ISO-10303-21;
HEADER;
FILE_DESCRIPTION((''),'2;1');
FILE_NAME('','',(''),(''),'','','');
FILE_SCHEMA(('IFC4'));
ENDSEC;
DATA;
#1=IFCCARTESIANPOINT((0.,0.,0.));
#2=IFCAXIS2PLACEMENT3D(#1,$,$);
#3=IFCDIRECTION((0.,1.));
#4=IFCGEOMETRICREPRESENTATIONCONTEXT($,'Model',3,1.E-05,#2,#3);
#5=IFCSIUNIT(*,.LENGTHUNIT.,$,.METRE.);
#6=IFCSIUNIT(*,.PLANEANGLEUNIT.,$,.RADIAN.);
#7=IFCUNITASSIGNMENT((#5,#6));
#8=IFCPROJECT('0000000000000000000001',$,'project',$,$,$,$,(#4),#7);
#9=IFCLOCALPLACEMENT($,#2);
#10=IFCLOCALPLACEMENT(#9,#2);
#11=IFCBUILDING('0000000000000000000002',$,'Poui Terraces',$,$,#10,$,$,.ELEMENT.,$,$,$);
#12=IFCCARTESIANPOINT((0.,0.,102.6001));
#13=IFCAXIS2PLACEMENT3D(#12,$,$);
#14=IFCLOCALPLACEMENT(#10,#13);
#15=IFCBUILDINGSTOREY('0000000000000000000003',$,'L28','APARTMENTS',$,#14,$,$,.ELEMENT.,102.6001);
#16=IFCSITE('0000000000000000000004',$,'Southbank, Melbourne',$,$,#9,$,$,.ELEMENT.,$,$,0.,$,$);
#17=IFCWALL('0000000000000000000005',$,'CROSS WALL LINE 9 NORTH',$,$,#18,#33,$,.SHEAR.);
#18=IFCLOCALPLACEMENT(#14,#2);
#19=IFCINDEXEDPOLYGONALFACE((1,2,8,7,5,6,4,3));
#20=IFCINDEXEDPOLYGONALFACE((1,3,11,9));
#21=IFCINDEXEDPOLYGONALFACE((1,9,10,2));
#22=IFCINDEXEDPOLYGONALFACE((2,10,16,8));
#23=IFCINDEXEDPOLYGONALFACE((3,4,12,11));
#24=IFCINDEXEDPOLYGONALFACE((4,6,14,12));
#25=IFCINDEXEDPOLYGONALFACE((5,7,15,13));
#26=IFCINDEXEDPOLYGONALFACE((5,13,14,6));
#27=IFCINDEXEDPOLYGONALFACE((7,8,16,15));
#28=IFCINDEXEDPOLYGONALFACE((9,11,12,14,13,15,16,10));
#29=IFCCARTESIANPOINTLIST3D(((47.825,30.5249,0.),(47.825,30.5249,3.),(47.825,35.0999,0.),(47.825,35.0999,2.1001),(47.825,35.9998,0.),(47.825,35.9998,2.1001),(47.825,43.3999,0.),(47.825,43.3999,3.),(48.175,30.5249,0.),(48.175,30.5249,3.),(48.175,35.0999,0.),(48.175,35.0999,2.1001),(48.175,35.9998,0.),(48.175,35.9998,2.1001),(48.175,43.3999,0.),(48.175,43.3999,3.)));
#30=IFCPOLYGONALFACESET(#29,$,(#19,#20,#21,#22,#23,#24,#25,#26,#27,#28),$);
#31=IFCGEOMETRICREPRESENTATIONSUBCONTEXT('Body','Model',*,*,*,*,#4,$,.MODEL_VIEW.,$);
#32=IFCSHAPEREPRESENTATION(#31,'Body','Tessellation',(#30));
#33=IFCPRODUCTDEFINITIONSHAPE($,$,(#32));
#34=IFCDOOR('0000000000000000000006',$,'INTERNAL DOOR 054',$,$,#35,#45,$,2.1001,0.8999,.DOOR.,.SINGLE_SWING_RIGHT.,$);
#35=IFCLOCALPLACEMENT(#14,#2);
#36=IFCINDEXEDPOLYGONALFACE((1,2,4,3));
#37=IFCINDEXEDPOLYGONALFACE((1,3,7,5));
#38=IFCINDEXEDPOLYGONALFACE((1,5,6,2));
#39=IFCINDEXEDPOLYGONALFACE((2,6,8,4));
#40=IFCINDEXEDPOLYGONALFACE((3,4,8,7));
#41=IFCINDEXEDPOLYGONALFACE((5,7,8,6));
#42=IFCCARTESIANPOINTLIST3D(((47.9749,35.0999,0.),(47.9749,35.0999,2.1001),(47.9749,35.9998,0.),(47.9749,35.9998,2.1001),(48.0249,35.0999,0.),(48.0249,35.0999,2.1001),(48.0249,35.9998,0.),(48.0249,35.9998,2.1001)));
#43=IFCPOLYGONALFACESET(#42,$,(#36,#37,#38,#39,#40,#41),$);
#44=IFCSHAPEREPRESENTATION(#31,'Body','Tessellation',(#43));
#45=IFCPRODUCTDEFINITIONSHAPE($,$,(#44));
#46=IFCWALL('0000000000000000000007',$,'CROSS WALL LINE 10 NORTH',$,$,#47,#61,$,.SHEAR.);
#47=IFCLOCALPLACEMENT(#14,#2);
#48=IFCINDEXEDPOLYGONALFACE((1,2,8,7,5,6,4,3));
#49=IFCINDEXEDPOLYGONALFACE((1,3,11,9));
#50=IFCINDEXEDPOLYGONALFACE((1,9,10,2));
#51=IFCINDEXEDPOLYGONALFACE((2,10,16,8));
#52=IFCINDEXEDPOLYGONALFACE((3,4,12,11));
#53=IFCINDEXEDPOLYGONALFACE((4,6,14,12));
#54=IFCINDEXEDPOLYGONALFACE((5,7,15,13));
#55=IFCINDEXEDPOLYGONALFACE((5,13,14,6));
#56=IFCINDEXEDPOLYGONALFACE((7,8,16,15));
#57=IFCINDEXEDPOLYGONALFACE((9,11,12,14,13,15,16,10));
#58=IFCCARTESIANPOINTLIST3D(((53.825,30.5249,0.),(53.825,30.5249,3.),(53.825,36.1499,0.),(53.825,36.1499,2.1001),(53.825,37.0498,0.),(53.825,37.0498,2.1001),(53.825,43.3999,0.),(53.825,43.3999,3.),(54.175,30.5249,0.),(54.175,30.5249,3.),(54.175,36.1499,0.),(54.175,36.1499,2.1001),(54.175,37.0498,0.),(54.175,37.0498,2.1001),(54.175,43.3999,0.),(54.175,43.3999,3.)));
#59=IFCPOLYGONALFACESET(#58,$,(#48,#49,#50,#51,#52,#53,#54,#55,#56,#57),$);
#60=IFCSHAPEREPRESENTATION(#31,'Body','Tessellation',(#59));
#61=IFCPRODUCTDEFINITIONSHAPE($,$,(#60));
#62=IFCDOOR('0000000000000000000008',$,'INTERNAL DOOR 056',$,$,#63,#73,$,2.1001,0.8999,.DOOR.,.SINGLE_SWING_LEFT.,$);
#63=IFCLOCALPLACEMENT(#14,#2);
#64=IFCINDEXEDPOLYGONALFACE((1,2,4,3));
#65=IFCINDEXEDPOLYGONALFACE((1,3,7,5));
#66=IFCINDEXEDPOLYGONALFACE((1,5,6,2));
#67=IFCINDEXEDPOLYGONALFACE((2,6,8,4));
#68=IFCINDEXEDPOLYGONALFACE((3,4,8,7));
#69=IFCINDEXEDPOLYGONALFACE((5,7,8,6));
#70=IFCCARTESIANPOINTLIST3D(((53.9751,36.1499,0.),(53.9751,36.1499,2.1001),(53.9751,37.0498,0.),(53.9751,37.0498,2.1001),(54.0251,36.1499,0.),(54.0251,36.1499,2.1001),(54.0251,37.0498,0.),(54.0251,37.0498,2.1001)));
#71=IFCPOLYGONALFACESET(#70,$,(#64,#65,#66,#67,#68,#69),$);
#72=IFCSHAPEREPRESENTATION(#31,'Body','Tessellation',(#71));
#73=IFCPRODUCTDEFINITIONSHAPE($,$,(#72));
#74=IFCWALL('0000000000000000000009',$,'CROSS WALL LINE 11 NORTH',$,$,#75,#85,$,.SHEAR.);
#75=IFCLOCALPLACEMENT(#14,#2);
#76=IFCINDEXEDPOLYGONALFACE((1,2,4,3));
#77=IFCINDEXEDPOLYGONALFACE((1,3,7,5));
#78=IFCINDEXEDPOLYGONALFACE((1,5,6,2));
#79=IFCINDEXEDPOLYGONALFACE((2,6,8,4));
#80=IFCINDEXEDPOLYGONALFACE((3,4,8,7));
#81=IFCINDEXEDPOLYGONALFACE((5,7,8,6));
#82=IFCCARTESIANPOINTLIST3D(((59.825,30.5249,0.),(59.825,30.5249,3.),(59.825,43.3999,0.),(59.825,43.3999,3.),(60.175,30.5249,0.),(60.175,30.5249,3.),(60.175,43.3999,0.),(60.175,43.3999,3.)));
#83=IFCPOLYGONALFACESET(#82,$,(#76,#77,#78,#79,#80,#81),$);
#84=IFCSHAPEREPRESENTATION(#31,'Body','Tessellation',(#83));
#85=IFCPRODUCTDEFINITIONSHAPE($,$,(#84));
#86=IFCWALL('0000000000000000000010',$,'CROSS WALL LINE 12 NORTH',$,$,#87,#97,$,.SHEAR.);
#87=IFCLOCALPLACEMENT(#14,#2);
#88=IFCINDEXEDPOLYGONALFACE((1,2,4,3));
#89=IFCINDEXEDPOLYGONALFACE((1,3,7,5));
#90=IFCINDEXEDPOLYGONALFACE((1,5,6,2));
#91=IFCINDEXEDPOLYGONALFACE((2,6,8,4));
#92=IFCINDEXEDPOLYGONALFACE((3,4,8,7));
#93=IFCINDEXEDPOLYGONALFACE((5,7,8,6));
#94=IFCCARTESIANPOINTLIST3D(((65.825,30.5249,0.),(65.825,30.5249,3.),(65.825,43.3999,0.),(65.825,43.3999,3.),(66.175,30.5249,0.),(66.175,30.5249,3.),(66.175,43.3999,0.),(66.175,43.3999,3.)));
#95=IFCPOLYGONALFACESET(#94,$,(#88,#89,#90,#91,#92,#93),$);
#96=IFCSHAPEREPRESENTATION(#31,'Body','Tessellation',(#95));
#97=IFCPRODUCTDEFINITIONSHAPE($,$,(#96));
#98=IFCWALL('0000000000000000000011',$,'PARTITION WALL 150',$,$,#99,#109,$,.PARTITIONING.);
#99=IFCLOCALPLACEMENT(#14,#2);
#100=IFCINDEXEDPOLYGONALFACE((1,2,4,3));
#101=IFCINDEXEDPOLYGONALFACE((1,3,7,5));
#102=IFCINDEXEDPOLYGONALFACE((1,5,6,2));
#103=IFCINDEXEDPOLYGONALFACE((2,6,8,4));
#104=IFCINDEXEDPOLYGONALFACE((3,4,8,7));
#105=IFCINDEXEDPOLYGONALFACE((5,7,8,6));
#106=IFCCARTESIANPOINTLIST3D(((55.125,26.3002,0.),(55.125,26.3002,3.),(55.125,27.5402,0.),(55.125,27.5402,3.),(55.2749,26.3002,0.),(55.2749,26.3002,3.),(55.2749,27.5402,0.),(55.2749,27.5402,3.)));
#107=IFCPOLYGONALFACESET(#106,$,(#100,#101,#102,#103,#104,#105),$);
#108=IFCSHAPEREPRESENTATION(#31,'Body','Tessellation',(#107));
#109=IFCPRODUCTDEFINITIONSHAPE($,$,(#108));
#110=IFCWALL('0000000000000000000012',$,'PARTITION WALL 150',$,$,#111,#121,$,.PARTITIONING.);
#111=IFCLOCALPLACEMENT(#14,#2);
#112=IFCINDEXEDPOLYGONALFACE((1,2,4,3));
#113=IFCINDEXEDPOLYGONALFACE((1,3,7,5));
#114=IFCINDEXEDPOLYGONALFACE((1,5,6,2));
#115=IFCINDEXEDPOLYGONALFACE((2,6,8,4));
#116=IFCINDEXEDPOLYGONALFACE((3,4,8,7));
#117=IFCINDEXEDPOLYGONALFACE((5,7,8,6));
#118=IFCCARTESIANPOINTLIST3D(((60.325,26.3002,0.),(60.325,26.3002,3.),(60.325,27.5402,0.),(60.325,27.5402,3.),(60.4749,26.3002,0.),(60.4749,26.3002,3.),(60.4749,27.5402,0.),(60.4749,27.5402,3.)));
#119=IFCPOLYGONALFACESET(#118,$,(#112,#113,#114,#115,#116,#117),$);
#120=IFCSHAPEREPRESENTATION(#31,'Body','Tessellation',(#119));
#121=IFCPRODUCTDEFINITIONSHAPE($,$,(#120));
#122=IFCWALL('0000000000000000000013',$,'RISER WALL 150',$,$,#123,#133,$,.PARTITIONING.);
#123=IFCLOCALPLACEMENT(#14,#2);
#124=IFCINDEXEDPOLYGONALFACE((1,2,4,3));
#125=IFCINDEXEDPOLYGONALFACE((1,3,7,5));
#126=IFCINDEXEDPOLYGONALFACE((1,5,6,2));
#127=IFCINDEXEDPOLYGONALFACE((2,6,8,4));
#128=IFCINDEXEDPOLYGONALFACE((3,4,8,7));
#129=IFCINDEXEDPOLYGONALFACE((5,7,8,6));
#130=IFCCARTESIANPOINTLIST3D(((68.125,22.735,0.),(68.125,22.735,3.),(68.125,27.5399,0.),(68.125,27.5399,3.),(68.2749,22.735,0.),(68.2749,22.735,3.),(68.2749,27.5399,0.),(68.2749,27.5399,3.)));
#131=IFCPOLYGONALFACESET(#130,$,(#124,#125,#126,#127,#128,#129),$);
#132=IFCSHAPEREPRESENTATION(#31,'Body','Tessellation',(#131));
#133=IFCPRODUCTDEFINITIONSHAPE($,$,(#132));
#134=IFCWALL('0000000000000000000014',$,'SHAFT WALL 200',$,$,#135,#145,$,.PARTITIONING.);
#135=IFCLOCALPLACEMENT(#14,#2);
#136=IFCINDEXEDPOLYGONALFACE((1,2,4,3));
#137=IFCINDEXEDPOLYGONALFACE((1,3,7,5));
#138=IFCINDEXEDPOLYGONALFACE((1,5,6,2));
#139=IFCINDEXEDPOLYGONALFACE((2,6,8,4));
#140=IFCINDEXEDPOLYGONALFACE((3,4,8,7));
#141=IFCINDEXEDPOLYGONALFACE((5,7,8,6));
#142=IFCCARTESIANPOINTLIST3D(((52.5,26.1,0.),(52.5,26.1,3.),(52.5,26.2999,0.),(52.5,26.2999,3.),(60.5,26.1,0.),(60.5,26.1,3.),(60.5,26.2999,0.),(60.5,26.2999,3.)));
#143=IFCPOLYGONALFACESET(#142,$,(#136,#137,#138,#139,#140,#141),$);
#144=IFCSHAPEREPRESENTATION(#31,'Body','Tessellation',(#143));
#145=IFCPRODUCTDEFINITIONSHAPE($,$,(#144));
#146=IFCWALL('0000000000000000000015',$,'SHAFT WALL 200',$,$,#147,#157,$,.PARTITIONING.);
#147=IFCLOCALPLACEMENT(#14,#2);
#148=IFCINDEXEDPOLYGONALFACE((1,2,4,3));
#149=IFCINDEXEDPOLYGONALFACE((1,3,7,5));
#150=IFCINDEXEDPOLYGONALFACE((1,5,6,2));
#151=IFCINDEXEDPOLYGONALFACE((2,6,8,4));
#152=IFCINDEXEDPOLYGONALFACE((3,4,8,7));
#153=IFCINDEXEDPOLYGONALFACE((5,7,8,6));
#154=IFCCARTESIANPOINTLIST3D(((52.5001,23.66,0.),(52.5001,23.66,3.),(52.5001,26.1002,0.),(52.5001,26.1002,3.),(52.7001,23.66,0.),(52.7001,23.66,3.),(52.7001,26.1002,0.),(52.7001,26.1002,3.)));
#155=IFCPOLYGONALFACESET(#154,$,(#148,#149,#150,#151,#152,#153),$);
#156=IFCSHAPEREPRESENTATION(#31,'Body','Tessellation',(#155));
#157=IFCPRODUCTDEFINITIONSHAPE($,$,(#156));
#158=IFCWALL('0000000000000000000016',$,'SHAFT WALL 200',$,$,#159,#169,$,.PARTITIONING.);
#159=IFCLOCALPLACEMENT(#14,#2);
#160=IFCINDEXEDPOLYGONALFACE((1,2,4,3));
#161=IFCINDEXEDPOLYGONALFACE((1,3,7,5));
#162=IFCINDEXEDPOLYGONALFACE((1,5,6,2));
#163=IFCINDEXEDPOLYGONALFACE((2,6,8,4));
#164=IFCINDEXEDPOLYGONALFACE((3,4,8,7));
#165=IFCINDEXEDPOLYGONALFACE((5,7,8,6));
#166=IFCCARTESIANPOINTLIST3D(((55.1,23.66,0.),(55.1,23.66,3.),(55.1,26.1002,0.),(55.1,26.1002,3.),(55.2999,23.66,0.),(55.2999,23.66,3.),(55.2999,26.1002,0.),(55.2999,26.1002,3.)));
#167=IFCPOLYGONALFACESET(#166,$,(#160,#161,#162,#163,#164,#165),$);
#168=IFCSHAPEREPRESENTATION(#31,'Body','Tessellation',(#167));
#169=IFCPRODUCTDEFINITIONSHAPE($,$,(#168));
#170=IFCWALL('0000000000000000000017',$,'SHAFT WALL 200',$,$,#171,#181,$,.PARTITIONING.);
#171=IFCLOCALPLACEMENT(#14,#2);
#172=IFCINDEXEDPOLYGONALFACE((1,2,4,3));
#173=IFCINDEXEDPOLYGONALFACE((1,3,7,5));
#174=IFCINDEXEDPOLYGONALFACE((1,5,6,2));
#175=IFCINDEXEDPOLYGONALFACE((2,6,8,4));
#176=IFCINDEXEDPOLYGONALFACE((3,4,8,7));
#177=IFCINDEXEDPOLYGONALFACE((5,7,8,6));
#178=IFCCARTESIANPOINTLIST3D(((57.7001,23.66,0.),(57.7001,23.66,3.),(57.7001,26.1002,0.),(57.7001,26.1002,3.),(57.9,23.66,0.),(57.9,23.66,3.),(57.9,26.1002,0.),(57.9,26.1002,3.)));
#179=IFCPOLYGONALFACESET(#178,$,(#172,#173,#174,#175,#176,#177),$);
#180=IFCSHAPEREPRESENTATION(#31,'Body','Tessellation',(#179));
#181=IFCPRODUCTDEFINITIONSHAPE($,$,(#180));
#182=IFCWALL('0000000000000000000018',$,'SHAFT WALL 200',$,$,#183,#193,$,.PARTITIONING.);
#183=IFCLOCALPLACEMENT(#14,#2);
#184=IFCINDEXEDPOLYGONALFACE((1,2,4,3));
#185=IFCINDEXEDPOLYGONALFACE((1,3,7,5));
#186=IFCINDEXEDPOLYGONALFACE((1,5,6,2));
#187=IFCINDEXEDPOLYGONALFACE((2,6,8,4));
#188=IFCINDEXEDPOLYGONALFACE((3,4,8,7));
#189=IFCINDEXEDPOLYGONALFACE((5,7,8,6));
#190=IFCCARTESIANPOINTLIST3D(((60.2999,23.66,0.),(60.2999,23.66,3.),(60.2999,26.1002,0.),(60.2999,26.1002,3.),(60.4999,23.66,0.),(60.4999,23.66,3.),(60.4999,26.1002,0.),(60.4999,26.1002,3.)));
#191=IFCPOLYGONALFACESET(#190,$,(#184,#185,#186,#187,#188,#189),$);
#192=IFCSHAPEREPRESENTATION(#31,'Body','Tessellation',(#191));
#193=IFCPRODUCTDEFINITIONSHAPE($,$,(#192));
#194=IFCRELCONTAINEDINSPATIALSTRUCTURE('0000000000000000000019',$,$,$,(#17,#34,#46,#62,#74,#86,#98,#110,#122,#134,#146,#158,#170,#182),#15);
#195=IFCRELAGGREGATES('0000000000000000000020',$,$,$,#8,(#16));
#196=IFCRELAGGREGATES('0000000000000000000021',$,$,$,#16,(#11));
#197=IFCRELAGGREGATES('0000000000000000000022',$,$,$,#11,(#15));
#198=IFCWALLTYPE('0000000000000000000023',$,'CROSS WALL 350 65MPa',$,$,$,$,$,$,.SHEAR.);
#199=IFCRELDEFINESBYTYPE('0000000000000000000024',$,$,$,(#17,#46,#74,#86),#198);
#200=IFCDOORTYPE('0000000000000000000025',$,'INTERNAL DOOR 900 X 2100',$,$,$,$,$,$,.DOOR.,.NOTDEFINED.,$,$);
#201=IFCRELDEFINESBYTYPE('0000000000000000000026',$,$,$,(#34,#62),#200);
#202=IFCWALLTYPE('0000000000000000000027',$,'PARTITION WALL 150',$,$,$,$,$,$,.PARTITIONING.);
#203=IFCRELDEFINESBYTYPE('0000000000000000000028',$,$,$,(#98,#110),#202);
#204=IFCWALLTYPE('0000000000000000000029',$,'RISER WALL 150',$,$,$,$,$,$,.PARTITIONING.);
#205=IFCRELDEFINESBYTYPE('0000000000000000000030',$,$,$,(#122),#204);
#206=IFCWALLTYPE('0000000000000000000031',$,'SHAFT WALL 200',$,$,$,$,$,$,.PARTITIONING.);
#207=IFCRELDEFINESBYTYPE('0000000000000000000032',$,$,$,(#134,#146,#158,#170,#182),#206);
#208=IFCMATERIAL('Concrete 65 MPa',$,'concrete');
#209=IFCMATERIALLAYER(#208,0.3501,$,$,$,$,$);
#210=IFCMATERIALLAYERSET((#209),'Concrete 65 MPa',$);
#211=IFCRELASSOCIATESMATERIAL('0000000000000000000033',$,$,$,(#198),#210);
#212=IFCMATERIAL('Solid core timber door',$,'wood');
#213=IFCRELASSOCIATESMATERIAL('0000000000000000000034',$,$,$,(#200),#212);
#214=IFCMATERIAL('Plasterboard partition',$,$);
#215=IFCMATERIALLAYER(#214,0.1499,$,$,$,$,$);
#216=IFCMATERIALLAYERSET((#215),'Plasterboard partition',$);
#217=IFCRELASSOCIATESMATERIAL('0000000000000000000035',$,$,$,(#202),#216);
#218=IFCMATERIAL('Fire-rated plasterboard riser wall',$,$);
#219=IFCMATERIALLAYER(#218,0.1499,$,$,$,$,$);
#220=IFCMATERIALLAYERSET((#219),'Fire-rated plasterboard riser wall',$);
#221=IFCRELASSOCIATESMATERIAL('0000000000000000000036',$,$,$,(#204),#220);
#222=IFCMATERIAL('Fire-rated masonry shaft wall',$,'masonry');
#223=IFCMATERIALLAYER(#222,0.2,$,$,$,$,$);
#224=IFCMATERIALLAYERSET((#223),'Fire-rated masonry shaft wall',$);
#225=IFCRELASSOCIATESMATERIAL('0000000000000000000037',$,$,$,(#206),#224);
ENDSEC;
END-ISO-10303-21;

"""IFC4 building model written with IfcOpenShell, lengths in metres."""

from ifc_helpers import new_model, si_unit, direction, frame, frame_2d, origin, place, context, subcontext, project, spatial, rectangle, extrude, material, layer, layer_set, type_object, element, fill, save


model = new_model("IFC4")

# Units and contexts
model_context = context("Model", 3, precision=1e-05, world=origin(), true_north=direction((0.0, 1.0)))
body_context = subcontext(model_context, "Body", "Model", "MODEL_VIEW")
ifc_project = project(units=[si_unit("LENGTHUNIT", "METRE"), si_unit("PLANEANGLEUNIT", "RADIAN")], contexts=[model_context])

# Site, building, storey
site_placement = place(None, origin())
site = spatial("IfcSite", under=ifc_project, at=site_placement, Name="Southbank, Melbourne", CompositionType="ELEMENT", RefElevation=0.0)
building_placement = place(site_placement, origin())
building = spatial("IfcBuilding", under=site, at=building_placement, Name="Poui Terraces", CompositionType="ELEMENT")
storey_placement = place(building_placement, frame((0.0, 0.0, 102.6001)))
storey = spatial("IfcBuildingStorey", under=building, at=storey_placement, Name="L28", Description="APARTMENTS", CompositionType="ELEMENT", Elevation=102.6001)

# Shared definitions
ifc_material_1 = material(Name="Concrete 65 MPa", Category="concrete")

# Walls, openings, doors
ifc_layer_1 = layer(ifc_material_1, 0.3501)
ifc_layer_set_1 = layer_set([ifc_layer_1], Name="Concrete 65 MPa")
wall_type_1 = type_object("IfcWallType", Name="CROSS WALL 350 65MPa", PredefinedType="SHEAR", material=ifc_layer_set_1)
wall_1_placement = place(storey_placement, frame((48.0, 30.5249, 0.0), z_axis=(0.0, 0.0, 1.0), x_axis=(0.0, 1.0, 0.0)))
wall_1 = element("IfcWall", 1, at=wall_1_placement, inside=storey, type_object=wall_type_1, Name="CROSS WALL LINE 9 NORTH", PredefinedType="SHEAR", context=body_context, shape_type="SweptSolid", body=[
    extrude(rectangle(XDim=12.875, YDim=0.3501, at=frame_2d((6.4375, 0.0))), origin(), (0.0, 0.0, 1.0), 3.0),
])
opening_1_placement = place(wall_1_placement, frame((4.575, 0.0, 0.0)))
opening_1 = element("IfcOpeningElement", 2, at=opening_1_placement, cuts=wall_1, PredefinedType="OPENING", context=body_context, shape_type="SweptSolid", body=[
    extrude(rectangle(XDim=0.8999, YDim=2.1001, at=frame_2d((0.45, 1.05))), frame((0.0, 0.1851, 0.0), z_axis=(0.0, -1.0, 0.0), x_axis=(1.0, 0.0, 0.0)), (0.0, 0.0, 1.0), 0.3701),
])
ifc_material_2 = material(Name="Solid core timber door", Category="wood")
door_type_1 = type_object("IfcDoorType", Name="INTERNAL DOOR 900 X 2100", OperationType="NOTDEFINED", PredefinedType="DOOR", material=ifc_material_2)
door_1_placement = place(opening_1_placement, frame((0.8999, 0.0, 0.0), z_axis=(0.0, 0.0, 1.0), x_axis=(-1.0, 0.0, 0.0)))
door_1 = element("IfcDoor", 3, at=door_1_placement, inside=storey, type_object=door_type_1, Name="INTERNAL DOOR 054", OperationType="SINGLE_SWING_RIGHT", OverallHeight=2.1001, OverallWidth=0.8999, PredefinedType="DOOR", context=body_context, shape_type="SweptSolid", body=[
    extrude(rectangle(XDim=0.8999, YDim=2.1001, at=frame_2d((0.45, 1.05))), frame((0.0, 0.0249, 0.0), z_axis=(0.0, -1.0, 0.0), x_axis=(1.0, 0.0, 0.0)), (0.0, 0.0, 1.0), 0.05),
])
fill(opening_1, door_1)
wall_2_placement = place(storey_placement, frame((54.0, 30.5249, 0.0), z_axis=(0.0, 0.0, 1.0), x_axis=(0.0, 1.0, 0.0)))
wall_2 = element("IfcWall", 4, at=wall_2_placement, inside=storey, type_object=wall_type_1, Name="CROSS WALL LINE 10 NORTH", PredefinedType="SHEAR", context=body_context, shape_type="SweptSolid", body=[
    extrude(rectangle(XDim=12.875, YDim=0.3501, at=frame_2d((6.4375, 0.0))), origin(), (0.0, 0.0, 1.0), 3.0),
])
opening_2_placement = place(wall_2_placement, frame((5.625, 0.0, 0.0)))
opening_2 = element("IfcOpeningElement", 5, at=opening_2_placement, cuts=wall_2, PredefinedType="OPENING", context=body_context, shape_type="SweptSolid", body=[
    extrude(rectangle(XDim=0.8999, YDim=2.1001, at=frame_2d((0.45, 1.05))), frame((0.0, 0.1851, 0.0), z_axis=(0.0, -1.0, 0.0), x_axis=(1.0, 0.0, 0.0)), (0.0, 0.0, 1.0), 0.3701),
])
door_2_placement = place(opening_2_placement, origin())
door_2 = element("IfcDoor", 6, at=door_2_placement, inside=storey, type_object=door_type_1, Name="INTERNAL DOOR 056", OperationType="SINGLE_SWING_LEFT", OverallHeight=2.1001, OverallWidth=0.8999, PredefinedType="DOOR", context=body_context, shape_type="SweptSolid", body=[
    extrude(rectangle(XDim=0.8999, YDim=2.1001, at=frame_2d((0.45, 1.05))), frame((0.0, 0.0249, 0.0), z_axis=(0.0, -1.0, 0.0), x_axis=(1.0, 0.0, 0.0)), (0.0, 0.0, 1.0), 0.05),
])
fill(opening_2, door_2)

# Walls
for number, where, z_axis, x_axis, name in (
    (7, (60.0, 30.5249, 0.0), (0.0, 0.0, 1.0), (0.0, 1.0, 0.0), "CROSS WALL LINE 11 NORTH"),
    (8, (66.0, 30.5249, 0.0), (0.0, 0.0, 1.0), (0.0, 1.0, 0.0), "CROSS WALL LINE 12 NORTH"),
):
    element("IfcWall", number, at=place(storey_placement, frame(where, z_axis=z_axis, x_axis=x_axis)), inside=storey, type_object=wall_type_1, Name=name, PredefinedType="SHEAR", context=body_context, shape_type="SweptSolid", body=[
        extrude(rectangle(XDim=12.875, YDim=0.3501, at=frame_2d((6.4375, 0.0))), origin(), (0.0, 0.0, 1.0), 3.0),
    ])
ifc_material_3 = material(Name="Plasterboard partition")
ifc_layer_2 = layer(ifc_material_3, 0.1499)
ifc_layer_set_2 = layer_set([ifc_layer_2], Name="Plasterboard partition")
wall_type_2 = type_object("IfcWallType", Name="PARTITION WALL 150", PredefinedType="PARTITIONING", material=ifc_layer_set_2)
for number, where, z_axis, x_axis, name in (
    (9, (55.2, 26.3, 0.0), (0.0, 0.0, 1.0), (0.0, 1.0, 0.0), "PARTITION WALL 150"),
    (10, (60.3999, 26.3, 0.0), (0.0, 0.0, 1.0), (0.0, 1.0, 0.0), "PARTITION WALL 150"),
):
    element("IfcWall", number, at=place(storey_placement, frame(where, z_axis=z_axis, x_axis=x_axis)), inside=storey, type_object=wall_type_2, Name=name, PredefinedType="PARTITIONING", context=body_context, shape_type="SweptSolid", body=[
        extrude(rectangle(XDim=1.24, YDim=0.1499, at=frame_2d((0.6201, 0.0))), origin(), (0.0, 0.0, 1.0), 3.0),
    ])
ifc_material_4 = material(Name="Fire-rated plasterboard riser wall")
ifc_layer_3 = layer(ifc_material_4, 0.1499)
ifc_layer_set_3 = layer_set([ifc_layer_3], Name="Fire-rated plasterboard riser wall")
wall_type_3 = type_object("IfcWallType", Name="RISER WALL 150", PredefinedType="PARTITIONING", material=ifc_layer_set_3)
wall_3_placement = place(storey_placement, frame((68.2, 22.7351, 0.0), z_axis=(0.0, 0.0, 1.0), x_axis=(0.0, 1.0, 0.0)))
element("IfcWall", 11, at=wall_3_placement, inside=storey, type_object=wall_type_3, Name="RISER WALL 150", PredefinedType="PARTITIONING", context=body_context, shape_type="SweptSolid", body=[
    extrude(rectangle(XDim=4.8049, YDim=0.1499, at=frame_2d((2.4023, 0.0))), origin(), (0.0, 0.0, 1.0), 3.0),
])
ifc_material_5 = material(Name="Fire-rated masonry shaft wall", Category="masonry")
ifc_layer_4 = layer(ifc_material_5, 0.2)
ifc_layer_set_4 = layer_set([ifc_layer_4], Name="Fire-rated masonry shaft wall")
wall_type_4 = type_object("IfcWallType", Name="SHAFT WALL 200", PredefinedType="PARTITIONING", material=ifc_layer_set_4)
wall_4_placement = place(storey_placement, frame((52.5, 26.2, 0.0), z_axis=(0.0, 0.0, 1.0), x_axis=(1.0, 0.0, 0.0)))
element("IfcWall", 12, at=wall_4_placement, inside=storey, type_object=wall_type_4, Name="SHAFT WALL 200", PredefinedType="PARTITIONING", context=body_context, shape_type="SweptSolid", body=[
    extrude(rectangle(XDim=8.0, YDim=0.2, at=frame_2d((4.0, 0.0))), origin(), (0.0, 0.0, 1.0), 3.0),
])
for number, where, z_axis, x_axis, name in (
    (13, (52.6001, 23.6599, 0.0), (0.0, 0.0, 1.0), (0.0, 1.0, 0.0), "SHAFT WALL 200"),
    (14, (55.2, 23.6599, 0.0), (0.0, 0.0, 1.0), (0.0, 1.0, 0.0), "SHAFT WALL 200"),
    (15, (57.8, 23.6599, 0.0), (0.0, 0.0, 1.0), (0.0, 1.0, 0.0), "SHAFT WALL 200"),
    (16, (60.3999, 23.6599, 0.0), (0.0, 0.0, 1.0), (0.0, 1.0, 0.0), "SHAFT WALL 200"),
):
    element("IfcWall", number, at=place(storey_placement, frame(where, z_axis=z_axis, x_axis=x_axis)), inside=storey, type_object=wall_type_4, Name=name, PredefinedType="PARTITIONING", context=body_context, shape_type="SweptSolid", body=[
        extrude(rectangle(XDim=2.4402, YDim=0.2, at=frame_2d((1.2202, 0.0))), origin(), (0.0, 0.0, 1.0), 3.0),
    ])

save(model, "model.ifc")
